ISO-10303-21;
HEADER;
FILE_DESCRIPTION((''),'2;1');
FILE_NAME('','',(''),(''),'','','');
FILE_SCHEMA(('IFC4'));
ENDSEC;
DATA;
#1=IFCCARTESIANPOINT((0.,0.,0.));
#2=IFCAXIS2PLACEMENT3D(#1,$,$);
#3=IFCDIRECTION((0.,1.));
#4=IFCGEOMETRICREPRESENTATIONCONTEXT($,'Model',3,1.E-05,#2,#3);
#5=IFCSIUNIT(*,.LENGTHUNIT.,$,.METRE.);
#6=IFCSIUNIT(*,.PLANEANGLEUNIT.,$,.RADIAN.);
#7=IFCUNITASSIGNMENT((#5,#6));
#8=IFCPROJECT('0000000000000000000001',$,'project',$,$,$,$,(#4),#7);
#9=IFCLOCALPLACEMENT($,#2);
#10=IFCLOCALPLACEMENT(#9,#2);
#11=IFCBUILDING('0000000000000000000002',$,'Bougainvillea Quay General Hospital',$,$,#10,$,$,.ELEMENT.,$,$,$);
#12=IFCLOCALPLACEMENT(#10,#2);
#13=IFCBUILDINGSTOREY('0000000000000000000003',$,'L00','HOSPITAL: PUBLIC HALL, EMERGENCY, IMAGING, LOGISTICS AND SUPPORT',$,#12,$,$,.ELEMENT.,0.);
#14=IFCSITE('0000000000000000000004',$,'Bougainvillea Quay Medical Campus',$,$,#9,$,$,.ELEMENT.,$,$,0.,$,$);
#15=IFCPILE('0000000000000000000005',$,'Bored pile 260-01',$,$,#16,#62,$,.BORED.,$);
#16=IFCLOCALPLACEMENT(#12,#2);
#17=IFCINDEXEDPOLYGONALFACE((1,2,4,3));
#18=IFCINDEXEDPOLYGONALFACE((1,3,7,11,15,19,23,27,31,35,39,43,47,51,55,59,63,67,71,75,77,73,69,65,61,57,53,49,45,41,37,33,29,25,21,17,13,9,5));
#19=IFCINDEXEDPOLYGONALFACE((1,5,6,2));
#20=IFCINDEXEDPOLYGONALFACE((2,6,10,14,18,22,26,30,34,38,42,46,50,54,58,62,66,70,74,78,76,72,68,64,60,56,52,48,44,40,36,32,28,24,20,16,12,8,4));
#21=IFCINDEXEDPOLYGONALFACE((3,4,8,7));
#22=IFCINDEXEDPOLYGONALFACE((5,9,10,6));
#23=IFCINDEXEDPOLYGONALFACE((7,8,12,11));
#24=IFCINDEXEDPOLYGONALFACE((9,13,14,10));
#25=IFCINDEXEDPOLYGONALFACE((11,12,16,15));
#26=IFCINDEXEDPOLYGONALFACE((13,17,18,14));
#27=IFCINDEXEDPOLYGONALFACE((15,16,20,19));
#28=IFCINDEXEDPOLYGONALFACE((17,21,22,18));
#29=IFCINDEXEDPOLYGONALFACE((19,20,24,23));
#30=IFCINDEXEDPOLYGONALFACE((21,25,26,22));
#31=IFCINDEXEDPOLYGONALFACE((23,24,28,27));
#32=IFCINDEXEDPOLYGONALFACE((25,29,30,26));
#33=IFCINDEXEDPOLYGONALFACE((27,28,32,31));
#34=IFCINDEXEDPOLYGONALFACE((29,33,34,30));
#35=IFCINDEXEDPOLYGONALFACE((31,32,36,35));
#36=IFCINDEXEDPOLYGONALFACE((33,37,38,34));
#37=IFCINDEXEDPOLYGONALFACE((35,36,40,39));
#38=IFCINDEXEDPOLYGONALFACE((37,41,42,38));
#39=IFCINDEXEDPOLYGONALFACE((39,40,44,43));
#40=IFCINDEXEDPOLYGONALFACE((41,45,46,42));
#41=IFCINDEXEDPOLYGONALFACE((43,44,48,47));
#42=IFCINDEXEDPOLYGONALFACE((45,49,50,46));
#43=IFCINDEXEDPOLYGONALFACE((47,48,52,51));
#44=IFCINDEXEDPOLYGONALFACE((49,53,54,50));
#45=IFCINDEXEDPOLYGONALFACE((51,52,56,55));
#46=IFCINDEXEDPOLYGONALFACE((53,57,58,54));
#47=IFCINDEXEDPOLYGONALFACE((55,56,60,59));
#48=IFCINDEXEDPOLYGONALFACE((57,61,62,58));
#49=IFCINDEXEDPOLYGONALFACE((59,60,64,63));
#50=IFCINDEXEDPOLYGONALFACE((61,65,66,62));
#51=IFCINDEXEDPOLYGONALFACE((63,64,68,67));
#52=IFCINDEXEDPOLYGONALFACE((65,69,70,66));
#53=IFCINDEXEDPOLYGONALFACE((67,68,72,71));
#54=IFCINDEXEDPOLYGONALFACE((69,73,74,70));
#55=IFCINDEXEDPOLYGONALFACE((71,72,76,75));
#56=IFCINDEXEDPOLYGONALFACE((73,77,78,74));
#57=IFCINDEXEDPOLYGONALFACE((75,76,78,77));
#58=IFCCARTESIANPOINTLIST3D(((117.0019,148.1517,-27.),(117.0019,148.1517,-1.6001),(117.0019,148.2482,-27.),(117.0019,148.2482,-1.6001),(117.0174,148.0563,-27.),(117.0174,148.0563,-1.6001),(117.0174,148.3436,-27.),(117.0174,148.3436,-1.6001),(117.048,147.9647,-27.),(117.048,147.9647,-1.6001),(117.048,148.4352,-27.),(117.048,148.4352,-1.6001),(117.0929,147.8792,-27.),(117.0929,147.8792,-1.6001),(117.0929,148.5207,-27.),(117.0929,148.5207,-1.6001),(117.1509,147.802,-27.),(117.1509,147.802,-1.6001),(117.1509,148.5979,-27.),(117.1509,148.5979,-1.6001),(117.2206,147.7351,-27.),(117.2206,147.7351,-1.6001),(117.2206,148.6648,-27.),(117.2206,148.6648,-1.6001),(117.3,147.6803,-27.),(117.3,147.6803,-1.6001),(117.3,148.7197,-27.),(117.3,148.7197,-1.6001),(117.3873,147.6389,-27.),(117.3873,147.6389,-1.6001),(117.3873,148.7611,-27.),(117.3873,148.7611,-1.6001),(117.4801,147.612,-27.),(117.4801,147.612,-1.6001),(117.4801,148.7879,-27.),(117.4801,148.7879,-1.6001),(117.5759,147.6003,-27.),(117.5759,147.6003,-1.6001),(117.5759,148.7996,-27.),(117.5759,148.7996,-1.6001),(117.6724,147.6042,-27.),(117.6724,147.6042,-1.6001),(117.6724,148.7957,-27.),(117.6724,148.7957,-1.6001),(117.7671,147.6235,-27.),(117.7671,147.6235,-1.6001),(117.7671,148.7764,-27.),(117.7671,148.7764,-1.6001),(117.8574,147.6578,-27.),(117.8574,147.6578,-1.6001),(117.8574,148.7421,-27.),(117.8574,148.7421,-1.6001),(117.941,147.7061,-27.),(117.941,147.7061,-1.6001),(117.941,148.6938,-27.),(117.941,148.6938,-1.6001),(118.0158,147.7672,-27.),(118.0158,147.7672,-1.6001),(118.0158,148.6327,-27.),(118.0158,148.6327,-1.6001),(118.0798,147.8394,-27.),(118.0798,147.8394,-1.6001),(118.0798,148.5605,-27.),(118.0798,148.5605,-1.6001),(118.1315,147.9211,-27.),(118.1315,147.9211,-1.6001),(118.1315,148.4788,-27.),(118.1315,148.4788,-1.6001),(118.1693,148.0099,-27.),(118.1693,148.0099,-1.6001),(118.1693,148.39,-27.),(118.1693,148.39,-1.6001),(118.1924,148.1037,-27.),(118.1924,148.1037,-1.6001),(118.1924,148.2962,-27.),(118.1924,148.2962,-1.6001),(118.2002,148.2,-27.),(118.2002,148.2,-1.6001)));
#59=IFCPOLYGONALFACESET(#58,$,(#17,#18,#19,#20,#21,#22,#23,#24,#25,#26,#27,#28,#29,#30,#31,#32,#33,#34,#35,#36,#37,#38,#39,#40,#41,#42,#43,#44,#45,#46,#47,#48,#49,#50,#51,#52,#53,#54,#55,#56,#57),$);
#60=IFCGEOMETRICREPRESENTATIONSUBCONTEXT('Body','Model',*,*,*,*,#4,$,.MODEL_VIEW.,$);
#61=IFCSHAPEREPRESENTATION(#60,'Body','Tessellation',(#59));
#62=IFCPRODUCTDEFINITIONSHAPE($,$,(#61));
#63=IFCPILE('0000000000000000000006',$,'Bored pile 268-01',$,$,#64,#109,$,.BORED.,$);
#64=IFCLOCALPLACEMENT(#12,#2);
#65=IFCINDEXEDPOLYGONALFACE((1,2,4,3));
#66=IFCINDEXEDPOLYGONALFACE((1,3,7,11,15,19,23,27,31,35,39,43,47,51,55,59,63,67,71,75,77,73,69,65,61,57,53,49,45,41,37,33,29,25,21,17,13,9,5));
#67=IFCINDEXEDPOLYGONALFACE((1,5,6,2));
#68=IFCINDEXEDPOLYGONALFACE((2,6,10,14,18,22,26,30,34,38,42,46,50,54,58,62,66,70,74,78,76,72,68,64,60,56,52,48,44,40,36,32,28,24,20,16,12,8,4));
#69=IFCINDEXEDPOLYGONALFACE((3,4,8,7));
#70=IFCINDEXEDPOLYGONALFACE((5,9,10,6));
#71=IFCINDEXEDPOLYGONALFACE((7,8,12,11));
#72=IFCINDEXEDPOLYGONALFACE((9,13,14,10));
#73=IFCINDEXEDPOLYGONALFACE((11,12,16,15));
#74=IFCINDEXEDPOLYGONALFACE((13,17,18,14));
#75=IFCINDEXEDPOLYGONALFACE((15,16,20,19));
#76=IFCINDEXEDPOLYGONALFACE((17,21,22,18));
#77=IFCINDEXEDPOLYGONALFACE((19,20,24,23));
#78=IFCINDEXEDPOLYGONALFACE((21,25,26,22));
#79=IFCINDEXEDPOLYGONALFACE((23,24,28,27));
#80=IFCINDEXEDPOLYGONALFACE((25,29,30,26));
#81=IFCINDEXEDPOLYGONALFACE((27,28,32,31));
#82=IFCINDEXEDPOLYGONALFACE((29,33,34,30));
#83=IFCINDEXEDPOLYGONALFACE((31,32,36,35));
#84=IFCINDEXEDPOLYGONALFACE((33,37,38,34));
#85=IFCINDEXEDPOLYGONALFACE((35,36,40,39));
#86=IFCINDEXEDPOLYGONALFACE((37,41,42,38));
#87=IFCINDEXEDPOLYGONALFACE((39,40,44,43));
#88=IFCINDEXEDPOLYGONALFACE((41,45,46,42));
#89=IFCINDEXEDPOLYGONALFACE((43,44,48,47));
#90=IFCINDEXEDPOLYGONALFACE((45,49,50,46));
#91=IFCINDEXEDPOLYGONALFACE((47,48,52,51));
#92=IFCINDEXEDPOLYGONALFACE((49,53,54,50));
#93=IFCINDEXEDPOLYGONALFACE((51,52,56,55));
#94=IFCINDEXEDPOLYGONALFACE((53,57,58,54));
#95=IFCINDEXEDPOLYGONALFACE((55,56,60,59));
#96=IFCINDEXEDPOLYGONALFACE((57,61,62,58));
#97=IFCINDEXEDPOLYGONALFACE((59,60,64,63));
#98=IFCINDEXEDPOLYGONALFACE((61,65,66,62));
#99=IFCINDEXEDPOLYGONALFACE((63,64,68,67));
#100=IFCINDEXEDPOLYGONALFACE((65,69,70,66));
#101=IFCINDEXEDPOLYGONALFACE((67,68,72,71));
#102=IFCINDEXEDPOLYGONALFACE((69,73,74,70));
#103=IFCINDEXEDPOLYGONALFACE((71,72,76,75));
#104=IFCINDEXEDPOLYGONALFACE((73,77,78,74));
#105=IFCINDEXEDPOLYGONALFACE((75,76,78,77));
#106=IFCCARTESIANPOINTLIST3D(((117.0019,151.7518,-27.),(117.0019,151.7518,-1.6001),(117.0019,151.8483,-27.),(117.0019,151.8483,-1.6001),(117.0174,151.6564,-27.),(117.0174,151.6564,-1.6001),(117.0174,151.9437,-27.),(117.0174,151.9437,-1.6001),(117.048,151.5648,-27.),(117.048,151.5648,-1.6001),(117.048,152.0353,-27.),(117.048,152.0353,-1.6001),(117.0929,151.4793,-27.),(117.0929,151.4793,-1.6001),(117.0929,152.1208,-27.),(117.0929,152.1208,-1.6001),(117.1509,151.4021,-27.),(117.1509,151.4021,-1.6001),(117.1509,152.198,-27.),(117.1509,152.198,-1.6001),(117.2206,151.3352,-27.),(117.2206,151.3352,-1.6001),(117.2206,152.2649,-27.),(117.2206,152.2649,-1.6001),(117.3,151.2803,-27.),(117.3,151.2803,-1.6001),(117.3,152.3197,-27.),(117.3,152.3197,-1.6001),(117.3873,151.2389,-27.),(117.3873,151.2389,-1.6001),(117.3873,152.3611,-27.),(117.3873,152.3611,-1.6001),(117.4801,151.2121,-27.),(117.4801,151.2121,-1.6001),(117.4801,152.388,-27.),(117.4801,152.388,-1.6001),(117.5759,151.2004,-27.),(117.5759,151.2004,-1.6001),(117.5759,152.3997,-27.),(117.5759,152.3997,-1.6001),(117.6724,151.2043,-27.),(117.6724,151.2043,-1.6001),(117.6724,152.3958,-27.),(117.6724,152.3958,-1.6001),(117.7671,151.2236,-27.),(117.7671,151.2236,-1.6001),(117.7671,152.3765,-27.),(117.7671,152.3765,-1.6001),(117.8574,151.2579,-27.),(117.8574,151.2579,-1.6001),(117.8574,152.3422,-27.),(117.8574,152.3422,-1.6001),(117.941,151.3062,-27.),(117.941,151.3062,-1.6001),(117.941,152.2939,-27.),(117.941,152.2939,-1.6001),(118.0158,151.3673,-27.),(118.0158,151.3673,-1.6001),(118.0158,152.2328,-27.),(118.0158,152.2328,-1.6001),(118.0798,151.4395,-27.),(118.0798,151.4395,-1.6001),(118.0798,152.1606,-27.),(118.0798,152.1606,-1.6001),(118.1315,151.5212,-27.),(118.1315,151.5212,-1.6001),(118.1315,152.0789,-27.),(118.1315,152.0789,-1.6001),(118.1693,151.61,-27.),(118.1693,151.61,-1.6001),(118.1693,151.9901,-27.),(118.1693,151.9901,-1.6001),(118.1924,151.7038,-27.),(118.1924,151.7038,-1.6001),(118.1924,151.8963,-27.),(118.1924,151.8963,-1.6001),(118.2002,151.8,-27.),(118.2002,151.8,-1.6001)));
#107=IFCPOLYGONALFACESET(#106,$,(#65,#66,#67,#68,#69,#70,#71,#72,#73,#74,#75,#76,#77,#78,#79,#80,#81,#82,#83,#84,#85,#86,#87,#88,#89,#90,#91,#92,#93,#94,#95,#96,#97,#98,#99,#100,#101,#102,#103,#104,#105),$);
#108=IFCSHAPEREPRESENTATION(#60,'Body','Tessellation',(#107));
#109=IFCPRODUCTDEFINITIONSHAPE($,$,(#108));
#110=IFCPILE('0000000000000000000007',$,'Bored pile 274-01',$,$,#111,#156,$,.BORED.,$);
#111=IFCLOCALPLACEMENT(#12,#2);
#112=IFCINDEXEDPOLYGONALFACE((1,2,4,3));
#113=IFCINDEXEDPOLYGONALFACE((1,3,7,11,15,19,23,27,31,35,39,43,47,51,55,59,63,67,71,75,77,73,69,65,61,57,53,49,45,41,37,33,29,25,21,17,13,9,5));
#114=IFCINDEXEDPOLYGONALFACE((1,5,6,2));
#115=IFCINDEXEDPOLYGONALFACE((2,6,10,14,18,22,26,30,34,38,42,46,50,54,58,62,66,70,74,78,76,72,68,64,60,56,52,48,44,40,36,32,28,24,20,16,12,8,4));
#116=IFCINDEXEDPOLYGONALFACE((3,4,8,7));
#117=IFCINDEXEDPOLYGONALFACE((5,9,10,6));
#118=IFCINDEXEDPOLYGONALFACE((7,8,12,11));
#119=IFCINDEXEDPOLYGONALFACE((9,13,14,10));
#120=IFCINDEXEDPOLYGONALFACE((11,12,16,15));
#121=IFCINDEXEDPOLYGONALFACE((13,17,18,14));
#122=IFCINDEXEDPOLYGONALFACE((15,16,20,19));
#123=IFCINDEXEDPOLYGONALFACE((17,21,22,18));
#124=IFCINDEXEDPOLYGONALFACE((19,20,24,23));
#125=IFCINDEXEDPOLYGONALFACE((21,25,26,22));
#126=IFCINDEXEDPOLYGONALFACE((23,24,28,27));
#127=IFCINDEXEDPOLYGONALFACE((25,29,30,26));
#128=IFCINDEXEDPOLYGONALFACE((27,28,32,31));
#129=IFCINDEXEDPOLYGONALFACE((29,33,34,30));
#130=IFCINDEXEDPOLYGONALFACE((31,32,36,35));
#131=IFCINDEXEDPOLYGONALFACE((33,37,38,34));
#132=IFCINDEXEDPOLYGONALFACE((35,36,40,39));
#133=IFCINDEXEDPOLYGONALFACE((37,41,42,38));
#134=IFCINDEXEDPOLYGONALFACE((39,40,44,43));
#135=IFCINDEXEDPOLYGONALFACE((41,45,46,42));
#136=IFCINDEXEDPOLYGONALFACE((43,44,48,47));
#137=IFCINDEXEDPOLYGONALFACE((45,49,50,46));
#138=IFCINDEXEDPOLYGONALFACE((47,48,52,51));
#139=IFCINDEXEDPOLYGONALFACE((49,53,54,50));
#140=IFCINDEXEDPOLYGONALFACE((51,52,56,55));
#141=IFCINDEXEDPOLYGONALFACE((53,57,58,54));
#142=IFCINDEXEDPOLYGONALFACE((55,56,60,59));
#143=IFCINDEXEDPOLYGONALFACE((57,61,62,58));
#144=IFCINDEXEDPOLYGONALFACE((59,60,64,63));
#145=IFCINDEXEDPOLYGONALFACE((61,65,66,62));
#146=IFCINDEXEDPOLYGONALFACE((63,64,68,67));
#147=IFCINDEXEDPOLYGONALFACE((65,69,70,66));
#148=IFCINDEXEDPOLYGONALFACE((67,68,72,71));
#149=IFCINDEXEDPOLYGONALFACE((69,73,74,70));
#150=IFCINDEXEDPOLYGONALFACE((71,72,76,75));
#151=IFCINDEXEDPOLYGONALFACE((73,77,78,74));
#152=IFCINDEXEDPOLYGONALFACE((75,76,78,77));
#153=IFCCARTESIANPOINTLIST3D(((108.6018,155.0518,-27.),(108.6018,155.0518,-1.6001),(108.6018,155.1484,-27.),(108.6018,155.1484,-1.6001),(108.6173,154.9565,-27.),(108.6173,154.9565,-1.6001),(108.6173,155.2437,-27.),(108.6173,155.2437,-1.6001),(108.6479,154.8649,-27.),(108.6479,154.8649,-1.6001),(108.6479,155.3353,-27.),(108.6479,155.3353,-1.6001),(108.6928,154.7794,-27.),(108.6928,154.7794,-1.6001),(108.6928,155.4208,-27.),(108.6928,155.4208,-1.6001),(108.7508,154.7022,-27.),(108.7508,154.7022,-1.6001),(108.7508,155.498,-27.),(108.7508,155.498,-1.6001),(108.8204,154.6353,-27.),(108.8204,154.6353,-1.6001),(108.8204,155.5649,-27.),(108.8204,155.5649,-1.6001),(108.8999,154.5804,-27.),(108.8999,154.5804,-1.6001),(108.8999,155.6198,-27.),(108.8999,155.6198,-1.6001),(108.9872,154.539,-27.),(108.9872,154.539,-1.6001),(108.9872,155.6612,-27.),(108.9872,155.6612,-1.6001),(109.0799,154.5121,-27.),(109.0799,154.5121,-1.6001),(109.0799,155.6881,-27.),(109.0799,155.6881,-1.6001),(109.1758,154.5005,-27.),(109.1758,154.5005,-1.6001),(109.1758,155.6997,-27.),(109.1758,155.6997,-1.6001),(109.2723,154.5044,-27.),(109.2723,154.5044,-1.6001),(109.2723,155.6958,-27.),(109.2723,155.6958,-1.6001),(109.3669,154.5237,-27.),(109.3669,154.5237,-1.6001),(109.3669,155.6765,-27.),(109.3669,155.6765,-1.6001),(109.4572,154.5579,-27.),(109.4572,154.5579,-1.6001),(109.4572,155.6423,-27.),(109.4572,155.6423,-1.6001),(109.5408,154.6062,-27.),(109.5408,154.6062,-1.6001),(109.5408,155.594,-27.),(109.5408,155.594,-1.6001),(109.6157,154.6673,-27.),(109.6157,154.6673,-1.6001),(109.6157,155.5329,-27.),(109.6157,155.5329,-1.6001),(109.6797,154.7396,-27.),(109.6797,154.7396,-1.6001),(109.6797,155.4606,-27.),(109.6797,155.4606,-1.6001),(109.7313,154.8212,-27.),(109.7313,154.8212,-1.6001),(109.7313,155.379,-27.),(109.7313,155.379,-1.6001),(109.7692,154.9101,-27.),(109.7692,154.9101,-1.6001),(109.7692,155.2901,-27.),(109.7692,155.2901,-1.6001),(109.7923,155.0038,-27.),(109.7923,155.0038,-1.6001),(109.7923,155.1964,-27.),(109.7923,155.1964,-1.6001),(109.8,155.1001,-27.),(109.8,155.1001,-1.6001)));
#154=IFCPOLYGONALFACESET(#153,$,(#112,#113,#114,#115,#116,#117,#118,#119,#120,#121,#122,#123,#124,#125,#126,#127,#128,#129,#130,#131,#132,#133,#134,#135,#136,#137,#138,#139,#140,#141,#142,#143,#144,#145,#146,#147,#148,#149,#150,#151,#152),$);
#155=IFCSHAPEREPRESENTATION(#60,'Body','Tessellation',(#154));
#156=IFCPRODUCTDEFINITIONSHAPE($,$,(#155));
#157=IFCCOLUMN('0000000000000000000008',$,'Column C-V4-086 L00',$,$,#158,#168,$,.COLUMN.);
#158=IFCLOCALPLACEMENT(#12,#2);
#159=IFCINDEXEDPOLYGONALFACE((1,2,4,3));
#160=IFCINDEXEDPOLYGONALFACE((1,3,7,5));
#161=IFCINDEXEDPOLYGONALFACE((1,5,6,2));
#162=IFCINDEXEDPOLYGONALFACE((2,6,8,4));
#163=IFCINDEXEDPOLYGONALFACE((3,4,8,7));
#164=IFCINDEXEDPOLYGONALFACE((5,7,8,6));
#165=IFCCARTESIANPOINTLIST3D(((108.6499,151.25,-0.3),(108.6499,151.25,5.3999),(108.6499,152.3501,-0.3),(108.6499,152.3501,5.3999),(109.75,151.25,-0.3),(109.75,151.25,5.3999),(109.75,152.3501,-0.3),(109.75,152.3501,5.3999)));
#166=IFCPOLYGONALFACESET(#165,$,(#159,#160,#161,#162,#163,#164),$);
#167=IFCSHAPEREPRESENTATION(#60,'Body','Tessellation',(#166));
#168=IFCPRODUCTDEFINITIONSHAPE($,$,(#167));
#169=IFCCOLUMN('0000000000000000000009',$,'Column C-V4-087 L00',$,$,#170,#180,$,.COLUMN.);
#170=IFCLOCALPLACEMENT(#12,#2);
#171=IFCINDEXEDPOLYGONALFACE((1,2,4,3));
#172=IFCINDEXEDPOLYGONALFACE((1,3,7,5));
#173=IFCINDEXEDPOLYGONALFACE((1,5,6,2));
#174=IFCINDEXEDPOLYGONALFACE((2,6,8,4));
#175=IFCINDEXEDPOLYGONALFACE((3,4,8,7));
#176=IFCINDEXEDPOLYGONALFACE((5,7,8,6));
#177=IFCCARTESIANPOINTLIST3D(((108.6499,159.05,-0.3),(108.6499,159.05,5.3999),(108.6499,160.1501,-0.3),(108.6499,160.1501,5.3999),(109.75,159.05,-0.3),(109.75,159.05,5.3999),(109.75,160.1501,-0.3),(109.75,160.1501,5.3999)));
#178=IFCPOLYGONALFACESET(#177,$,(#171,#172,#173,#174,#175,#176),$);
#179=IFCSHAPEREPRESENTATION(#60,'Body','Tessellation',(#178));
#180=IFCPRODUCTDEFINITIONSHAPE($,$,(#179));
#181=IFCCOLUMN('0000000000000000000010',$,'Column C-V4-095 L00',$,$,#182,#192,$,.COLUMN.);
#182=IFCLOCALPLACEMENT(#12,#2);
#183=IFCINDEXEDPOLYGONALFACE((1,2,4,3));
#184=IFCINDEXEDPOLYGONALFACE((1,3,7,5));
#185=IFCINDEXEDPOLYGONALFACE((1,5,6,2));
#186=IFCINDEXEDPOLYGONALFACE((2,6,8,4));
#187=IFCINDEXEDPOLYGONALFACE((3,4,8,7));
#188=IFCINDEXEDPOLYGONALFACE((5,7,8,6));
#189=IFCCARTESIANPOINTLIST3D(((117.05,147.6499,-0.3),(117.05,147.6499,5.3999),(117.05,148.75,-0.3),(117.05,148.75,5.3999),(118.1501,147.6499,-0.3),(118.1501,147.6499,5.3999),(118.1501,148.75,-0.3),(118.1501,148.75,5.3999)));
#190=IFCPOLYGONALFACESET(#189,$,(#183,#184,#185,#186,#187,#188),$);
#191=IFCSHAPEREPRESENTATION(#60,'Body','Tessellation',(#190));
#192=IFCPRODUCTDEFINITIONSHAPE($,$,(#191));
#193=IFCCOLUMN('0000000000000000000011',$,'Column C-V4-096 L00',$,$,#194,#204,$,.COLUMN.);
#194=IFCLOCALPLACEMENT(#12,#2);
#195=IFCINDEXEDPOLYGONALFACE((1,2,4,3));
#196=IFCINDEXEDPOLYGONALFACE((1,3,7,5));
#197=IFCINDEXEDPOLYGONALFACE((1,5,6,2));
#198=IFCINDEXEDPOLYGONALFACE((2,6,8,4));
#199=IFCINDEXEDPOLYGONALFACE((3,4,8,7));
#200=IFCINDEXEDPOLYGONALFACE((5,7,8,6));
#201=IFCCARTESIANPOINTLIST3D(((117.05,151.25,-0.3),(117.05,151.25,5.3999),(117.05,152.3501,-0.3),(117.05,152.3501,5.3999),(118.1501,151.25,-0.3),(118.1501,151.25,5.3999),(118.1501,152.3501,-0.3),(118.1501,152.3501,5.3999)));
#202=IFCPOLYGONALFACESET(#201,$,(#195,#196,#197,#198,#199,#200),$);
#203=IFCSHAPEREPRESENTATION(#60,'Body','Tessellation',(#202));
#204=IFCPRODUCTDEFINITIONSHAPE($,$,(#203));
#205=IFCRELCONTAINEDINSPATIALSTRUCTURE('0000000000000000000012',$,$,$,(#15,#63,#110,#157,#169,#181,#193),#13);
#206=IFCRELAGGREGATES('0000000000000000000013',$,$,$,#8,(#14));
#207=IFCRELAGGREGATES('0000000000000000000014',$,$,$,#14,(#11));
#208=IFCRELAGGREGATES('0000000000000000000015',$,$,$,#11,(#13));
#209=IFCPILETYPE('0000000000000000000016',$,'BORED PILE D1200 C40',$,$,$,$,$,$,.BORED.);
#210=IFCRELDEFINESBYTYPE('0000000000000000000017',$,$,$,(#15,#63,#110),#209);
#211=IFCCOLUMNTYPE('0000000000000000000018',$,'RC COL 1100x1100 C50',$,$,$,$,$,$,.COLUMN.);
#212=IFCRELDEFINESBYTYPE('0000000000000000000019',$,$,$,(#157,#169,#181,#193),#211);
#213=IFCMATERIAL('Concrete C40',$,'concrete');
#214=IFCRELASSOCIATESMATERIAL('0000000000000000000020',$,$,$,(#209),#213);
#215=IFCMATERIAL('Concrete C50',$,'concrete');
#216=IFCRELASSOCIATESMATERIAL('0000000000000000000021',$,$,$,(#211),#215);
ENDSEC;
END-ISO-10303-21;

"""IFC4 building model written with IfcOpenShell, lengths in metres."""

from ifc_helpers import new_model, si_unit, direction, frame, origin, origin_2d, place, context, subcontext, project, spatial, rectangle, circle, extrude, material, material_profile, profile_set, type_object, element, save


model = new_model("IFC4")

# Units and contexts
model_context = context("Model", 3, precision=1e-05, world=origin(), true_north=direction((0.0, 1.0)))
body_context = subcontext(model_context, "Body", "Model", "MODEL_VIEW")
ifc_project = project(units=[si_unit("LENGTHUNIT", "METRE"), si_unit("PLANEANGLEUNIT", "RADIAN")], contexts=[model_context])

# Site, building, storey
site_placement = place(None, origin())
site = spatial("IfcSite", under=ifc_project, at=site_placement, Name="Bougainvillea Quay Medical Campus", CompositionType="ELEMENT", RefElevation=0.0)
building_placement = place(site_placement, origin())
building = spatial("IfcBuilding", under=site, at=building_placement, Name="Bougainvillea Quay General Hospital", CompositionType="ELEMENT")
storey_placement = place(building_placement, origin())
storey = spatial("IfcBuildingStorey", under=building, at=storey_placement, Name="L00", Description="HOSPITAL: PUBLIC HALL, EMERGENCY, IMAGING, LOGISTICS AND SUPPORT", CompositionType="ELEMENT", Elevation=0.0)

# Piles
ifc_material_1 = material(Name="Concrete C40", Category="concrete")
ifc_material_profile_1 = material_profile(ifc_material_1, circle(Radius=0.6001, at=origin_2d()))
ifc_profile_set_1 = profile_set([ifc_material_profile_1], Name="Concrete C40")
pile_type = type_object("IfcPileType", Name="BORED PILE D1200 C40", PredefinedType="BORED", material=ifc_profile_set_1)
for number, where, z_axis, x_axis, name in (
    (1, (117.6001, 148.2, -1.6001), (0.0, 0.0, -1.0), (1.0, 0.0, 0.0), "Bored pile 260-01"),
    (2, (117.6001, 151.8, -1.6001), (0.0, 0.0, -1.0), (1.0, 0.0, 0.0), "Bored pile 268-01"),
    (3, (109.2, 155.1001, -1.6001), (0.0, 0.0, -1.0), (1.0, 0.0, 0.0), "Bored pile 274-01"),
):
    element("IfcPile", number, at=place(storey_placement, frame(where, z_axis=z_axis, x_axis=x_axis)), inside=storey, type_object=pile_type, Name=name, PredefinedType="BORED", context=body_context, shape_type="SweptSolid", body=[
        extrude(circle(Radius=0.6001, at=origin_2d()), origin(), (0.0, 0.0, 1.0), 25.3999),
    ])

# Columns
ifc_material_2 = material(Name="Concrete C50", Category="concrete")
ifc_material_profile_2 = material_profile(ifc_material_2, rectangle(XDim=1.1001, YDim=1.1001, at=origin_2d()))
ifc_profile_set_2 = profile_set([ifc_material_profile_2], Name="Concrete C50")
column_type = type_object("IfcColumnType", Name="RC COL 1100x1100 C50", PredefinedType="COLUMN", material=ifc_profile_set_2)
for number, where, z_axis, x_axis, name in (
    (4, (109.2, 151.8, -0.3), (0.0, 0.0, 1.0), (1.0, 0.0, 0.0), "Column C-V4-086 L00"),
    (5, (109.2, 159.6001, -0.3), (0.0, 0.0, 1.0), (1.0, 0.0, 0.0), "Column C-V4-087 L00"),
    (6, (117.6001, 148.2, -0.3), (0.0, 0.0, 1.0), (1.0, 0.0, 0.0), "Column C-V4-095 L00"),
    (7, (117.6001, 151.8, -0.3), (0.0, 0.0, 1.0), (1.0, 0.0, 0.0), "Column C-V4-096 L00"),
):
    element("IfcColumn", number, at=place(storey_placement, frame(where, z_axis=z_axis, x_axis=x_axis)), inside=storey, type_object=column_type, Name=name, PredefinedType="COLUMN", context=body_context, shape_type="SweptSolid", body=[
        extrude(rectangle(XDim=1.1001, YDim=1.1001, at=origin_2d()), origin(), (0.0, 0.0, 1.0), 5.7),
    ])

save(model, "model.ifc")
